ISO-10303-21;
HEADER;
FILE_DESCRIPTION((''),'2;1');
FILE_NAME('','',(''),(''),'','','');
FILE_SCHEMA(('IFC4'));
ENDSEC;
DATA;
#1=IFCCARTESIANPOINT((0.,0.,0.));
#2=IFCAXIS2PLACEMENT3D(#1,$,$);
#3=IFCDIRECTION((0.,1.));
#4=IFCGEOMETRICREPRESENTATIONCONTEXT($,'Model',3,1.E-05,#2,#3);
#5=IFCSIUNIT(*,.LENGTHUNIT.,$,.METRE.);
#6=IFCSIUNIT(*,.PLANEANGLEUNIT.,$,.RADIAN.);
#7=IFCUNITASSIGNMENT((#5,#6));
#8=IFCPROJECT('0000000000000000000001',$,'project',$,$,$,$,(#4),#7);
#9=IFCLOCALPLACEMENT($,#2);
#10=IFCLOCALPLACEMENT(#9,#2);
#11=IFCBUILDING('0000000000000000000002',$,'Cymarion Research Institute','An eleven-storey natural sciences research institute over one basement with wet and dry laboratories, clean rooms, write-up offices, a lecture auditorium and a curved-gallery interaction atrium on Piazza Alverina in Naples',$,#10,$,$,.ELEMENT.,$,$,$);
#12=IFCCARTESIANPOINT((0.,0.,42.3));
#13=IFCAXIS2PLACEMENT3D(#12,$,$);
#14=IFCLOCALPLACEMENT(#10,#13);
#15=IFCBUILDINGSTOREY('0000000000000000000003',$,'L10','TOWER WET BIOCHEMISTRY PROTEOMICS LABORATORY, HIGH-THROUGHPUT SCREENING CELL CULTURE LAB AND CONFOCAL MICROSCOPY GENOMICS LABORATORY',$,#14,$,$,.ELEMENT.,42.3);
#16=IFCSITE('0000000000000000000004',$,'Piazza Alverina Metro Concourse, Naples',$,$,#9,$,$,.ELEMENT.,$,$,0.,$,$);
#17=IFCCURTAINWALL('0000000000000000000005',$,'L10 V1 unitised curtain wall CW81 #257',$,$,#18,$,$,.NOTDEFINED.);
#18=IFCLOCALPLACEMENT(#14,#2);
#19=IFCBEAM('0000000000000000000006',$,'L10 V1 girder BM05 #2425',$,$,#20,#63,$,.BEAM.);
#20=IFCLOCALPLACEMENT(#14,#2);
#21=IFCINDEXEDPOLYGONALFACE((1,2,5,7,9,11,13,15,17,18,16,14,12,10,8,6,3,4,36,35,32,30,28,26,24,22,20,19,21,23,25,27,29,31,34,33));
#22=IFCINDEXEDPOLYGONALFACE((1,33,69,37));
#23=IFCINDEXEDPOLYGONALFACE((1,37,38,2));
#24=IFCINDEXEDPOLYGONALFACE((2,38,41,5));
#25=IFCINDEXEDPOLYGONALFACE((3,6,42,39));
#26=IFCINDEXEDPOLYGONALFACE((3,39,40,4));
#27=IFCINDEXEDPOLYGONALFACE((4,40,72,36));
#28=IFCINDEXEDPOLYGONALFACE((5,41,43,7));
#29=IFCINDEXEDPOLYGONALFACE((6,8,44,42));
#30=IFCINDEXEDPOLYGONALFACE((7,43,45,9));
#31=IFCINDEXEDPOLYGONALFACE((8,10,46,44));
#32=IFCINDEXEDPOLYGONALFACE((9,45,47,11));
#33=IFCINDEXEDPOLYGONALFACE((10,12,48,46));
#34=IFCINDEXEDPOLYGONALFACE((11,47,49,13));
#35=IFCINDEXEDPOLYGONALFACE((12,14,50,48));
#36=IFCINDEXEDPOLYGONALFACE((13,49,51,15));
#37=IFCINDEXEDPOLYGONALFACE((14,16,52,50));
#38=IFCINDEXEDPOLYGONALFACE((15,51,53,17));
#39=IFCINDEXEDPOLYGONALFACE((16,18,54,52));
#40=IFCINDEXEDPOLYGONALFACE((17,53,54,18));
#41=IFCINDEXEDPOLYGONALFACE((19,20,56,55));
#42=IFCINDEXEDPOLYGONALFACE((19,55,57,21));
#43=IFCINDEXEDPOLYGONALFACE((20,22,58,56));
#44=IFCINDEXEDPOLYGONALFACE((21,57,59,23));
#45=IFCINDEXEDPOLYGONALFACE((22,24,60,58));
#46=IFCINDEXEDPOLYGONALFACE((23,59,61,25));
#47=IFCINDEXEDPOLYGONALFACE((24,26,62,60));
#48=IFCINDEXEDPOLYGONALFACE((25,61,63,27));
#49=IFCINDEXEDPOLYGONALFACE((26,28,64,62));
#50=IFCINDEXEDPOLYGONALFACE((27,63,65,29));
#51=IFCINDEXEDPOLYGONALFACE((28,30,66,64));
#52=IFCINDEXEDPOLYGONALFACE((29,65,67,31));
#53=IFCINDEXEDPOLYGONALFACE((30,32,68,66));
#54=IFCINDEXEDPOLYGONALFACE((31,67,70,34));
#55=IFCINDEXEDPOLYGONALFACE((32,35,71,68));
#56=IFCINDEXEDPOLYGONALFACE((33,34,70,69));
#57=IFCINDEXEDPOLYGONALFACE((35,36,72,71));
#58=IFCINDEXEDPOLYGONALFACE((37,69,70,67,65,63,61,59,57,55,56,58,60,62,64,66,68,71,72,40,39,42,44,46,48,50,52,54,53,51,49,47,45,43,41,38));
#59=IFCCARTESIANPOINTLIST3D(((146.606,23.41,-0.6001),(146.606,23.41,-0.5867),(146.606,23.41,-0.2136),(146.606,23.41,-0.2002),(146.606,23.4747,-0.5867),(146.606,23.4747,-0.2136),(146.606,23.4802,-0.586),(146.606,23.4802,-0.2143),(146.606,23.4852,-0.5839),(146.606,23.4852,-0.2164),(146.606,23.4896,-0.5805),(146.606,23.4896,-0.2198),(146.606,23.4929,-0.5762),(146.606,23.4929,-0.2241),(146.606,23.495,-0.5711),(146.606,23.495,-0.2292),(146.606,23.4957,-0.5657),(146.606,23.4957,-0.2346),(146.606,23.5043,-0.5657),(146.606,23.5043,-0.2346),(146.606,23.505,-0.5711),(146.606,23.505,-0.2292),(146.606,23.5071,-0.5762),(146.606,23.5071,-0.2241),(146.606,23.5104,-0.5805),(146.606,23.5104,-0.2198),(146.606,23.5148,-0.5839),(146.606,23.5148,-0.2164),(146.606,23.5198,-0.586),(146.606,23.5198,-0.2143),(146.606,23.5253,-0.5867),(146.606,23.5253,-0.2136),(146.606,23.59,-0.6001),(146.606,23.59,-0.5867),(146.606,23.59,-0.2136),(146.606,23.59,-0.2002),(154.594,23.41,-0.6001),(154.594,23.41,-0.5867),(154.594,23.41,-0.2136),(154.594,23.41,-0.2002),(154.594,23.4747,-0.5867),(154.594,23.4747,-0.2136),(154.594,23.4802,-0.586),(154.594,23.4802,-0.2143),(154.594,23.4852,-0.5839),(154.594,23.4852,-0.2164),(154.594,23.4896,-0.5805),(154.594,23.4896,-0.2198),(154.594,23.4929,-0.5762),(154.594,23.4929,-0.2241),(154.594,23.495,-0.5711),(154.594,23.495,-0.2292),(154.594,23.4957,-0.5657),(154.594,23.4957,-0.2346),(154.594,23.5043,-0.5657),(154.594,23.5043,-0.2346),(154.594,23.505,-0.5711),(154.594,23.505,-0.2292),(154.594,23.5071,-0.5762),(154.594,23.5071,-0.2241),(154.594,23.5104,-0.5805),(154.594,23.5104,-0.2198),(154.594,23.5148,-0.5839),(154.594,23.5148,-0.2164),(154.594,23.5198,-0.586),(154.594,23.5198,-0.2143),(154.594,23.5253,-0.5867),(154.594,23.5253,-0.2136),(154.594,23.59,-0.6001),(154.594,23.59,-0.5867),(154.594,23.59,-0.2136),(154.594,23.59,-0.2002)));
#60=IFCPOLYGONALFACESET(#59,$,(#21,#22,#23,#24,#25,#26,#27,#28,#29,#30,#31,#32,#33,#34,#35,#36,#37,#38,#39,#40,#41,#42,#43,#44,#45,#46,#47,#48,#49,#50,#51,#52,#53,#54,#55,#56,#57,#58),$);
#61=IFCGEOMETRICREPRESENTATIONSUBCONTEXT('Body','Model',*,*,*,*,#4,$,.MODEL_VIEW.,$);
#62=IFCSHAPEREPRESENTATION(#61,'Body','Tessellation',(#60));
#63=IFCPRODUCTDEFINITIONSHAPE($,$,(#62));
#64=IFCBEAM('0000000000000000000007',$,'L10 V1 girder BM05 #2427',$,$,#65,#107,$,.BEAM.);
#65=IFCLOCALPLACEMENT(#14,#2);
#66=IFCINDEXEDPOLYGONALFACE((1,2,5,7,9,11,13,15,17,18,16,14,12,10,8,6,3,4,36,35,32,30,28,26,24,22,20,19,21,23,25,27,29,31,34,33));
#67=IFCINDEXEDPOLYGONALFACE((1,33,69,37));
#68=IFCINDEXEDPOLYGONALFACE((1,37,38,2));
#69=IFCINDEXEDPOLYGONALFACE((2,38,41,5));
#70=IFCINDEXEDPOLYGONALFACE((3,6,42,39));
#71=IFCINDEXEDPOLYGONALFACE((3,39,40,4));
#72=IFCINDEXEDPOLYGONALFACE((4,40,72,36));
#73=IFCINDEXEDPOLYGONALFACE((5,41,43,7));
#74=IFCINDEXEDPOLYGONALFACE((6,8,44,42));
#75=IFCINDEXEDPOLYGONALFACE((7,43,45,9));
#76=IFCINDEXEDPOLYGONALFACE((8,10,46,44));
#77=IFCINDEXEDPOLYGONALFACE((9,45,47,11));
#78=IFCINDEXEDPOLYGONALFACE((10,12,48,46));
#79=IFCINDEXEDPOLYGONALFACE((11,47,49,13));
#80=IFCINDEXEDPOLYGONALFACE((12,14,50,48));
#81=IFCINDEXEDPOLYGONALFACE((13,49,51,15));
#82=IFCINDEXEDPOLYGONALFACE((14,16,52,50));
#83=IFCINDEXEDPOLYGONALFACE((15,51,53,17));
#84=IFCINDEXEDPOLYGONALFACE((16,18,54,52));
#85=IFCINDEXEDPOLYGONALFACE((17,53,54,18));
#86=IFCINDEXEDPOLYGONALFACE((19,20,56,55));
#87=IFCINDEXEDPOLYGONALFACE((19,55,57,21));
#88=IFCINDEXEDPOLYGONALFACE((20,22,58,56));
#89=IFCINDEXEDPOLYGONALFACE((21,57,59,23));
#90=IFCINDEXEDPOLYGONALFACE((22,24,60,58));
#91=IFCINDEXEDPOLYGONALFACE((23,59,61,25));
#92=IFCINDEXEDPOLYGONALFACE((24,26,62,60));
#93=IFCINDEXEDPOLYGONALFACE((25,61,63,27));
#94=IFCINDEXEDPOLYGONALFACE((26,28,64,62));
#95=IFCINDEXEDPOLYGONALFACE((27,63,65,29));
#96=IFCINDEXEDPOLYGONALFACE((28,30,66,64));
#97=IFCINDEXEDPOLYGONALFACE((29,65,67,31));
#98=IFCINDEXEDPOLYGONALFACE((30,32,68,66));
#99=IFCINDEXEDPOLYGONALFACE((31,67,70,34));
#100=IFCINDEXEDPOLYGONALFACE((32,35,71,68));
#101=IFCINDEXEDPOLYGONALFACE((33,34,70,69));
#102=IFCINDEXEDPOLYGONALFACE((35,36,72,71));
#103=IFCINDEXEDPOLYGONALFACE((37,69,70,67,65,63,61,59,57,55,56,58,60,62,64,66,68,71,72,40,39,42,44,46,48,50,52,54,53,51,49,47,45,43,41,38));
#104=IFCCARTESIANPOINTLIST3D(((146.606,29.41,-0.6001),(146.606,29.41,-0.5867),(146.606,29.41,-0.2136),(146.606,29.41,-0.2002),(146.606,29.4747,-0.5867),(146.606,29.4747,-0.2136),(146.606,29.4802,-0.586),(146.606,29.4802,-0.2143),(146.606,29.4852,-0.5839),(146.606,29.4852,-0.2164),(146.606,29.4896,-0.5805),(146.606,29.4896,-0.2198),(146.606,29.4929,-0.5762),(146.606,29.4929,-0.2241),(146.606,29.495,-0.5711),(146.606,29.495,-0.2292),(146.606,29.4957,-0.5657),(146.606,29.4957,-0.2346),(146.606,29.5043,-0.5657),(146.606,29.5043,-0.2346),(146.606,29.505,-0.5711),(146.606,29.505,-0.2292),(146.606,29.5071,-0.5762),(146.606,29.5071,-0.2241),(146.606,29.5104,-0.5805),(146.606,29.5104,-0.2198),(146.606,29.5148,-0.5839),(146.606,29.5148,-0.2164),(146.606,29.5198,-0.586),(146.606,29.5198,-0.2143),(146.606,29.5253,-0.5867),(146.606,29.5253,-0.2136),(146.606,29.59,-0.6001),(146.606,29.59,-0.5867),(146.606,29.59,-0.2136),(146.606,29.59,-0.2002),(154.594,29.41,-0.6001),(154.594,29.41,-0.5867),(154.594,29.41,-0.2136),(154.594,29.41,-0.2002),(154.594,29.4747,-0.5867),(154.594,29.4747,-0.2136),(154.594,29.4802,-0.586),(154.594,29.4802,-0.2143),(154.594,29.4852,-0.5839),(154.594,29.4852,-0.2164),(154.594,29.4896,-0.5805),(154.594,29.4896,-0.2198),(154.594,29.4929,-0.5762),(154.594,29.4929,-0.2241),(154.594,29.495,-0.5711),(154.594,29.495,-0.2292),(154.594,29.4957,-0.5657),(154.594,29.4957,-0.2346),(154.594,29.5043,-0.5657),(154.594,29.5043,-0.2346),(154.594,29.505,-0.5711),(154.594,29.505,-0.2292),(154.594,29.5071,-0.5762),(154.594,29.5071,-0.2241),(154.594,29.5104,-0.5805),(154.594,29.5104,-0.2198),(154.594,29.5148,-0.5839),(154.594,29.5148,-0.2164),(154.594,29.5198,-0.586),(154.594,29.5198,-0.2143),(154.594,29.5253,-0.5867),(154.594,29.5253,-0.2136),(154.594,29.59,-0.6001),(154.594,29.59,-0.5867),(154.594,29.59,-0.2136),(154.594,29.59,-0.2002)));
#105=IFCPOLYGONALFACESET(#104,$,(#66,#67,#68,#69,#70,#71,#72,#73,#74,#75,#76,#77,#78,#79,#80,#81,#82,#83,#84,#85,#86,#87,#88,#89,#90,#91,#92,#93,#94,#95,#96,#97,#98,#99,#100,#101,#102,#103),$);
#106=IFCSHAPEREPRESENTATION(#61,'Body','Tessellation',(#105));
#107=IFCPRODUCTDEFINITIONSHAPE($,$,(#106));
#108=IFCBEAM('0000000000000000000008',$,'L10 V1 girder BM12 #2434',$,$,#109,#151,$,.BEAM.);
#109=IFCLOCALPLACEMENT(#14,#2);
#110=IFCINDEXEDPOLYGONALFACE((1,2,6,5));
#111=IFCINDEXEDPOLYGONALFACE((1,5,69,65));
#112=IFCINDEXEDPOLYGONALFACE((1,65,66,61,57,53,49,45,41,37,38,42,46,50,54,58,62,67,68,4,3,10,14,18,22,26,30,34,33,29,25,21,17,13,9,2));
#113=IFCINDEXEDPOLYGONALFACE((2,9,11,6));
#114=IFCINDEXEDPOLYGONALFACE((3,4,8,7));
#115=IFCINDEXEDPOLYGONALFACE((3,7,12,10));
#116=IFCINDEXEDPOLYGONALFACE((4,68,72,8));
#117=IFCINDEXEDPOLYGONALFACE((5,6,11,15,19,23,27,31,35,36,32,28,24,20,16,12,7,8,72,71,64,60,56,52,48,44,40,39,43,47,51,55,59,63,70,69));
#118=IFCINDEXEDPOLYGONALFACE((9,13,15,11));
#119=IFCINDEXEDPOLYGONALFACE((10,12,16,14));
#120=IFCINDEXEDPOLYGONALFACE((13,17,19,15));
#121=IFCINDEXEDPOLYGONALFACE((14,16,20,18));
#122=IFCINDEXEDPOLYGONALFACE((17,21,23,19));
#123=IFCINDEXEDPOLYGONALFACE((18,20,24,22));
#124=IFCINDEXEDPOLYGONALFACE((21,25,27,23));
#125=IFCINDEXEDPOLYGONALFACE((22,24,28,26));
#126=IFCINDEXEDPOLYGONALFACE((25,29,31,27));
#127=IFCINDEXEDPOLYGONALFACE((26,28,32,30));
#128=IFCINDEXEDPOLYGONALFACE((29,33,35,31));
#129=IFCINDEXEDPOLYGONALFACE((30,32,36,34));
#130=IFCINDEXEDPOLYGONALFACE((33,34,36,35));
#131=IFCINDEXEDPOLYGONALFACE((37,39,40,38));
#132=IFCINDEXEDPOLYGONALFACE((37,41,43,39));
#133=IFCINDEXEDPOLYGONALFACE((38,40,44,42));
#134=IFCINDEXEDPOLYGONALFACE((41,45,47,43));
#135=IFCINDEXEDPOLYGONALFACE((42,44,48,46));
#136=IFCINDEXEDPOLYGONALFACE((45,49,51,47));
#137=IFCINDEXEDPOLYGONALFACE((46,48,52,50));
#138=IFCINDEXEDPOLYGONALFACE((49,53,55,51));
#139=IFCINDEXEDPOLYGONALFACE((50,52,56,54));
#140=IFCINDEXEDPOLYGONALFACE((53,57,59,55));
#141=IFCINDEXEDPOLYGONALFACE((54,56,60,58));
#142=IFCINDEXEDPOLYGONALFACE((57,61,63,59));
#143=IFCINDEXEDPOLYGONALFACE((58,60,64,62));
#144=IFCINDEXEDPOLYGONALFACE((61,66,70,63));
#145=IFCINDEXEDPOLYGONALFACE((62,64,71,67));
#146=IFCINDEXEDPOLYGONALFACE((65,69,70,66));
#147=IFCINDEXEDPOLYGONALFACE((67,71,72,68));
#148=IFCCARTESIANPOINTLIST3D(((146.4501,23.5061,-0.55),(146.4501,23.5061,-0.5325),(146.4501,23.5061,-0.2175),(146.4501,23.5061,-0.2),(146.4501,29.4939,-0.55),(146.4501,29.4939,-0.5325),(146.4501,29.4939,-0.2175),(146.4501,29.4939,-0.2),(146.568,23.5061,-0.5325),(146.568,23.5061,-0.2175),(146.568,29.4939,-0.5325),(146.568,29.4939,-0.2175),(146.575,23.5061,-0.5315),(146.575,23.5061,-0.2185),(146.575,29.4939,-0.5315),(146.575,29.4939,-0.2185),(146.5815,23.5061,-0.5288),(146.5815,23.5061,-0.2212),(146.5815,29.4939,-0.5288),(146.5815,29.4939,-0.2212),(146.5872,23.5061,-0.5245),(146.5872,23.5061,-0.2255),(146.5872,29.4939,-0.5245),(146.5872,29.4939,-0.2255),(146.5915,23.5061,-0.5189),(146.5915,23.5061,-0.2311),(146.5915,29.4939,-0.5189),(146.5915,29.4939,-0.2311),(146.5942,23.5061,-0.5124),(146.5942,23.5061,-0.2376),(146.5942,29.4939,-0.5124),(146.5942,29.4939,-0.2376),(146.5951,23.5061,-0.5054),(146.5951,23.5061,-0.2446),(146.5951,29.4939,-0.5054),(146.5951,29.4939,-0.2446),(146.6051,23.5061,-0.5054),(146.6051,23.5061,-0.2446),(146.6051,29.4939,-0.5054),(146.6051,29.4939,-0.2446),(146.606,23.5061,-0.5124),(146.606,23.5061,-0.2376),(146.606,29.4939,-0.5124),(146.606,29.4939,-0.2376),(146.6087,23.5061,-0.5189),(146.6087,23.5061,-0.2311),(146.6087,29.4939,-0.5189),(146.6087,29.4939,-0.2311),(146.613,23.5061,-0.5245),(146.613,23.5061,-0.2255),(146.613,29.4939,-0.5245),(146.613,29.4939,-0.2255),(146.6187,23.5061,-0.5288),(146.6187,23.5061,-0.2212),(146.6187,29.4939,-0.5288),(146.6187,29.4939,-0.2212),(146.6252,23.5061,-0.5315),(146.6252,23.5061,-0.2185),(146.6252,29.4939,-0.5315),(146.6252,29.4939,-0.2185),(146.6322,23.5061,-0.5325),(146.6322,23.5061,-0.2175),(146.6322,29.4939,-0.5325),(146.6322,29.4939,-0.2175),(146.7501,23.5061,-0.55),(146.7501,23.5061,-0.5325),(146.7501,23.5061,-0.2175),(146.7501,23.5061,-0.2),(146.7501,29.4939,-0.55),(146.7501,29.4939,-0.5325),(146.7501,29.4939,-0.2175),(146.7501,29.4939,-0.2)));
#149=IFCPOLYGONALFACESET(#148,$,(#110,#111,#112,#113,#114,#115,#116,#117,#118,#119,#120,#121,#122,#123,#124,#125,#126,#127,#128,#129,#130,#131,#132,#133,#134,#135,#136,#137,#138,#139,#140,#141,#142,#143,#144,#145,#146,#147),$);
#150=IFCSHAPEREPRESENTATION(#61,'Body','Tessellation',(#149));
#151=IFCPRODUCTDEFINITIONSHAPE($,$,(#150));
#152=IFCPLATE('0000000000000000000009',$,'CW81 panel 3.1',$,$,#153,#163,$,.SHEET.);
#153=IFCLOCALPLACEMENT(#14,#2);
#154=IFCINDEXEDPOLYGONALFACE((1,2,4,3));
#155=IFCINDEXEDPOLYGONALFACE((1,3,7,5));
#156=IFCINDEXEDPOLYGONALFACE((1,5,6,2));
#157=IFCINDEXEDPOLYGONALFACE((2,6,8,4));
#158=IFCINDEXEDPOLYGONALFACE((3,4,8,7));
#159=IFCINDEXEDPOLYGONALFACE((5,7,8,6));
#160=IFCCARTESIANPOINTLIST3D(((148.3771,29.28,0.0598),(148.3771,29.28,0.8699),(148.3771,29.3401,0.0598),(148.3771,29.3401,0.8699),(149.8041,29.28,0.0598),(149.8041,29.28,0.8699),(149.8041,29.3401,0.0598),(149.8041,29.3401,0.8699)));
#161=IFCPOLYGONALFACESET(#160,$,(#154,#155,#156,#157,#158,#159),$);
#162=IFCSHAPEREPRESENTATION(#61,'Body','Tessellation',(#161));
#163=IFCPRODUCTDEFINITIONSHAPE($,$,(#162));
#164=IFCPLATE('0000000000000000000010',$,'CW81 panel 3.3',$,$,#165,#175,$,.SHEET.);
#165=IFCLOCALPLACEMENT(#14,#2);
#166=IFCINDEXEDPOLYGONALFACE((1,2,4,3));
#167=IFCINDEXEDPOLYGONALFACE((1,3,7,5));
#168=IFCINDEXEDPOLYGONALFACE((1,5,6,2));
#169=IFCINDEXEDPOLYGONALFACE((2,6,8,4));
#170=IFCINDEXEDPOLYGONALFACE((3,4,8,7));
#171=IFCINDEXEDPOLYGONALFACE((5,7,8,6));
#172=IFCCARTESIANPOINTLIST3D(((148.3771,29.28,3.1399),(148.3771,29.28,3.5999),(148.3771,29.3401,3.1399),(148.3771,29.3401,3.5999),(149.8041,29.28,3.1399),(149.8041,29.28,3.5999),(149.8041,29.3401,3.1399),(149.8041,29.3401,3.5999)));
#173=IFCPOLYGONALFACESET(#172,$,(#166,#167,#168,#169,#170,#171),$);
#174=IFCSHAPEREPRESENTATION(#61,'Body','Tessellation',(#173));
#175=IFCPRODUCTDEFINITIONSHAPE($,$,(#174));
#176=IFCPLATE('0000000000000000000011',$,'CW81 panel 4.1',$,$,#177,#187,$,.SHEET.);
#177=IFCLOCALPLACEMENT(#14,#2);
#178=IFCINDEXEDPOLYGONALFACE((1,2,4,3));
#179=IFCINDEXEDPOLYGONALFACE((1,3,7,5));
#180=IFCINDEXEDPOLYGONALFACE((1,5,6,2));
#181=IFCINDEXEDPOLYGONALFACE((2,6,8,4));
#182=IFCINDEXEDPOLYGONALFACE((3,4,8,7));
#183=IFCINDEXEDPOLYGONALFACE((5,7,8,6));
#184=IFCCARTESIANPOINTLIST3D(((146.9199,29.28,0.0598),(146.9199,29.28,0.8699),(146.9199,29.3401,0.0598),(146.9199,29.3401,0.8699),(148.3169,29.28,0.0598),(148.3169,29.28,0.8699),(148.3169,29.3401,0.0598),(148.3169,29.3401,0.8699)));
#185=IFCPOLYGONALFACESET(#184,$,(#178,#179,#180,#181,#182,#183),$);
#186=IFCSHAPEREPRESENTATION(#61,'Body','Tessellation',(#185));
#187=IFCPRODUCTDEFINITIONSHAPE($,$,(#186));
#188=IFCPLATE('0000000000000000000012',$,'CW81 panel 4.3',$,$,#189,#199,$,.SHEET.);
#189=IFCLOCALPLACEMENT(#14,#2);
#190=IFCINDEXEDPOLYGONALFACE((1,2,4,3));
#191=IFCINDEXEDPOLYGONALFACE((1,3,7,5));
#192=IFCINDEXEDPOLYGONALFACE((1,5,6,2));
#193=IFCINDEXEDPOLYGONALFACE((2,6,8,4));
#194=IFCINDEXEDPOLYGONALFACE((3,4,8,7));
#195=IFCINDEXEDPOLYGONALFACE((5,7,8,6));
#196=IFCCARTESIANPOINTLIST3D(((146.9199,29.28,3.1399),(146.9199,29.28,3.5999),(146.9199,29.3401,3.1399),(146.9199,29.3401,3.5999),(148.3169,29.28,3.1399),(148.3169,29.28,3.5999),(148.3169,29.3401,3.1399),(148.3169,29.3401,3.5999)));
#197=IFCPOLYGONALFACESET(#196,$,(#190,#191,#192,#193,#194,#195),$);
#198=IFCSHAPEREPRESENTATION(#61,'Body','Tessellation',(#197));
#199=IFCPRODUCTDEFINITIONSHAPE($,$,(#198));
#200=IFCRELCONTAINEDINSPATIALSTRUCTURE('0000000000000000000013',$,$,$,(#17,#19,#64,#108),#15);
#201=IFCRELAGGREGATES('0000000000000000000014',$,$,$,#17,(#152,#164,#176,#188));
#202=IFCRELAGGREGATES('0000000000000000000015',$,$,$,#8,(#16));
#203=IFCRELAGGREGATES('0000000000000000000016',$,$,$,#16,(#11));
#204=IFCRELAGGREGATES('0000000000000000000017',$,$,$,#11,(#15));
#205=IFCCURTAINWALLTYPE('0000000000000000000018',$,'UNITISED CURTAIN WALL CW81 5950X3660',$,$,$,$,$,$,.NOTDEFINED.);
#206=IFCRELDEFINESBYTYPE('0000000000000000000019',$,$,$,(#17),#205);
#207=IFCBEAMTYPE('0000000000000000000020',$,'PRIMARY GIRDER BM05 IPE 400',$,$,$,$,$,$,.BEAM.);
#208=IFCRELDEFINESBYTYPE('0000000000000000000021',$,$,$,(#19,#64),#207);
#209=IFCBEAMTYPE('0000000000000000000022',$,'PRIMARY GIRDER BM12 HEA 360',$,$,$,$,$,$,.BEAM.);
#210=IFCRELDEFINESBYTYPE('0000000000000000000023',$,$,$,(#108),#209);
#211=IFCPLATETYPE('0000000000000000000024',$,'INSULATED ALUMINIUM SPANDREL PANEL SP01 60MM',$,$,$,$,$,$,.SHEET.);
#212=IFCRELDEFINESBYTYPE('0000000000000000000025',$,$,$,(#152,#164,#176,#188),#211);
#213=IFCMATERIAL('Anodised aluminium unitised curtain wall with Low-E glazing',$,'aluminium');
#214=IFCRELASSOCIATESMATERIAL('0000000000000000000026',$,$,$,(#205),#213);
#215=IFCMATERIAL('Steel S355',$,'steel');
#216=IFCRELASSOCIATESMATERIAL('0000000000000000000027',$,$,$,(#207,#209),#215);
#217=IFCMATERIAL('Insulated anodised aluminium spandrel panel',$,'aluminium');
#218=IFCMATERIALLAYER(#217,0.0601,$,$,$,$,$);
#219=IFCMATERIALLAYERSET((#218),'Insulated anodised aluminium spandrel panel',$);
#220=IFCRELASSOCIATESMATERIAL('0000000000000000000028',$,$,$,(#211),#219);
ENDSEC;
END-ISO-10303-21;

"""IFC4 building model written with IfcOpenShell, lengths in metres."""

from ifc_helpers import new_model, si_unit, direction, frame, origin, origin_2d, place, context, subcontext, project, spatial, rectangle, i_section, extrude, material, layer, layer_set, material_profile, profile_set, type_object, element, aggregate, save


model = new_model("IFC4")

# Units and contexts
model_context = context("Model", 3, precision=1e-05, world=origin(), true_north=direction((0.0, 1.0)))
body_context = subcontext(model_context, "Body", "Model", "MODEL_VIEW")
ifc_project = project(units=[si_unit("LENGTHUNIT", "METRE"), si_unit("PLANEANGLEUNIT", "RADIAN")], contexts=[model_context])

# Site, building, storey
site_placement = place(None, origin())
site = spatial("IfcSite", under=ifc_project, at=site_placement, Name="Piazza Alverina Metro Concourse, Naples", CompositionType="ELEMENT", RefElevation=0.0)
building_placement = place(site_placement, origin())
building = spatial("IfcBuilding", under=site, at=building_placement, Name="Cymarion Research Institute", Description="An eleven-storey natural sciences research institute over one basement with wet and dry laboratories, clean rooms, write-up offices, a lecture auditorium and a curved-gallery interaction atrium on Piazza Alverina in Naples", CompositionType="ELEMENT")
storey_placement = place(building_placement, frame((0.0, 0.0, 42.3)))
storey = spatial("IfcBuildingStorey", under=building, at=storey_placement, Name="L10", Description="TOWER WET BIOCHEMISTRY PROTEOMICS LABORATORY, HIGH-THROUGHPUT SCREENING CELL CULTURE LAB AND CONFOCAL MICROSCOPY GENOMICS LABORATORY", CompositionType="ELEMENT", Elevation=42.3)

# Shared definitions
ifc_material_1 = material(Name="Steel S355", Category="steel")

# Curtain wall
ifc_material_2 = material(Name="Anodised aluminium unitised curtain wall with Low-E glazing", Category="aluminium")
curtain_wall_type = type_object("IfcCurtainWallType", Name="UNITISED CURTAIN WALL CW81 5950X3660", PredefinedType="NOTDEFINED", material=ifc_material_2)
curtain_wall_placement = place(storey_placement, origin())
curtain_wall = element("IfcCurtainWall", 1, at=curtain_wall_placement, inside=storey, type_object=curtain_wall_type, Name="L10 V1 unitised curtain wall CW81 #257", PredefinedType="NOTDEFINED")

# Beams
ifc_material_profile_1 = material_profile(ifc_material_1, i_section(OverallWidth=0.1799, OverallDepth=0.3999, WebThickness=0.0085, FlangeThickness=0.0134, FilletRadius=0.021, at=origin_2d()), Name="IPE 400")
ifc_profile_set_1 = profile_set([ifc_material_profile_1], Name="Steel S355")
beam_type_1 = type_object("IfcBeamType", Name="PRIMARY GIRDER BM05 IPE 400", PredefinedType="BEAM", material=ifc_profile_set_1)
for number, where, z_axis, x_axis, name in (
    (2, (146.606, 23.5, -0.4001), (1.0, 0.0, 0.0), (0.0, 1.0, 0.0), "L10 V1 girder BM05 #2425"),
    (3, (146.606, 29.5, -0.4001), (1.0, 0.0, 0.0), (0.0, 1.0, 0.0), "L10 V1 girder BM05 #2427"),
):
    element("IfcBeam", number, at=place(storey_placement, frame(where, z_axis=z_axis, x_axis=x_axis)), inside=storey, type_object=beam_type_1, Name=name, PredefinedType="BEAM", context=body_context, shape_type="SweptSolid", body=[
        extrude(i_section(OverallWidth=0.1799, OverallDepth=0.3999, WebThickness=0.0085, FlangeThickness=0.0134, FilletRadius=0.021, at=origin_2d()), origin(), (0.0, 0.0, 1.0), 7.988),
    ])
ifc_material_profile_2 = material_profile(ifc_material_1, i_section(OverallWidth=0.3, OverallDepth=0.3501, WebThickness=0.01, FlangeThickness=0.0176, FilletRadius=0.0271, at=origin_2d()), Name="HEA 360")
ifc_profile_set_2 = profile_set([ifc_material_profile_2], Name="Steel S355")
beam_type_2 = type_object("IfcBeamType", Name="PRIMARY GIRDER BM12 HEA 360", PredefinedType="BEAM", material=ifc_profile_set_2)
beam_1_placement = place(storey_placement, frame((146.6001, 23.5061, -0.375), z_axis=(0.0, 1.0, 0.0), x_axis=(-1.0, 0.0, 0.0)))
element("IfcBeam", 4, at=beam_1_placement, inside=storey, type_object=beam_type_2, Name="L10 V1 girder BM12 #2434", PredefinedType="BEAM", context=body_context, shape_type="SweptSolid", body=[
    extrude(i_section(OverallWidth=0.3, OverallDepth=0.3501, WebThickness=0.01, FlangeThickness=0.0176, FilletRadius=0.0271, at=origin_2d()), origin(), (0.0, 0.0, 1.0), 5.9878),
])

# Plates
ifc_material_3 = material(Name="Insulated anodised aluminium spandrel panel", Category="aluminium")
ifc_layer_1 = layer(ifc_material_3, 0.0601)
ifc_layer_set_1 = layer_set([ifc_layer_1], Name="Insulated anodised aluminium spandrel panel")
plate_type_1 = type_object("IfcPlateType", Name="INSULATED ALUMINIUM SPANDREL PANEL SP01 60MM", PredefinedType="SHEET", material=ifc_layer_set_1)
plate_1_placement = place(storey_placement, frame((149.0906, 29.3101, 0.0598), z_axis=(0.0, 0.0, 1.0), x_axis=(-1.0, 0.0, 0.0)))
plate_1 = element("IfcPlate", 5, at=plate_1_placement, type_object=plate_type_1, Name="CW81 panel 3.1", PredefinedType="SHEET", context=body_context, shape_type="SweptSolid", body=[
    extrude(rectangle(XDim=1.427, YDim=0.0601, at=origin_2d()), origin(), (0.0, 0.0, 1.0), 0.8101),
])
plate_2_placement = place(storey_placement, frame((149.0906, 29.3101, 3.1399), z_axis=(0.0, 0.0, 1.0), x_axis=(-1.0, 0.0, 0.0)))
plate_2 = element("IfcPlate", 6, at=plate_2_placement, type_object=plate_type_1, Name="CW81 panel 3.3", PredefinedType="SHEET", context=body_context, shape_type="SweptSolid", body=[
    extrude(rectangle(XDim=1.427, YDim=0.0601, at=origin_2d()), origin(), (0.0, 0.0, 1.0), 0.46),
])
plate_3_placement = place(storey_placement, frame((147.6184, 29.3101, 0.0598), z_axis=(0.0, 0.0, 1.0), x_axis=(-1.0, 0.0, 0.0)))
plate_3 = element("IfcPlate", 7, at=plate_3_placement, type_object=plate_type_1, Name="CW81 panel 4.1", PredefinedType="SHEET", context=body_context, shape_type="SweptSolid", body=[
    extrude(rectangle(XDim=1.397, YDim=0.0601, at=origin_2d()), origin(), (0.0, 0.0, 1.0), 0.8101),
])
plate_4_placement = place(storey_placement, frame((147.6184, 29.3101, 3.1399), z_axis=(0.0, 0.0, 1.0), x_axis=(-1.0, 0.0, 0.0)))
plate_4 = element("IfcPlate", 8, at=plate_4_placement, type_object=plate_type_1, Name="CW81 panel 4.3", PredefinedType="SHEET", context=body_context, shape_type="SweptSolid", body=[
    extrude(rectangle(XDim=1.397, YDim=0.0601, at=origin_2d()), origin(), (0.0, 0.0, 1.0), 0.46),
])
aggregate(curtain_wall, [plate_1, plate_2, plate_3, plate_4])

save(model, "model.ifc")
